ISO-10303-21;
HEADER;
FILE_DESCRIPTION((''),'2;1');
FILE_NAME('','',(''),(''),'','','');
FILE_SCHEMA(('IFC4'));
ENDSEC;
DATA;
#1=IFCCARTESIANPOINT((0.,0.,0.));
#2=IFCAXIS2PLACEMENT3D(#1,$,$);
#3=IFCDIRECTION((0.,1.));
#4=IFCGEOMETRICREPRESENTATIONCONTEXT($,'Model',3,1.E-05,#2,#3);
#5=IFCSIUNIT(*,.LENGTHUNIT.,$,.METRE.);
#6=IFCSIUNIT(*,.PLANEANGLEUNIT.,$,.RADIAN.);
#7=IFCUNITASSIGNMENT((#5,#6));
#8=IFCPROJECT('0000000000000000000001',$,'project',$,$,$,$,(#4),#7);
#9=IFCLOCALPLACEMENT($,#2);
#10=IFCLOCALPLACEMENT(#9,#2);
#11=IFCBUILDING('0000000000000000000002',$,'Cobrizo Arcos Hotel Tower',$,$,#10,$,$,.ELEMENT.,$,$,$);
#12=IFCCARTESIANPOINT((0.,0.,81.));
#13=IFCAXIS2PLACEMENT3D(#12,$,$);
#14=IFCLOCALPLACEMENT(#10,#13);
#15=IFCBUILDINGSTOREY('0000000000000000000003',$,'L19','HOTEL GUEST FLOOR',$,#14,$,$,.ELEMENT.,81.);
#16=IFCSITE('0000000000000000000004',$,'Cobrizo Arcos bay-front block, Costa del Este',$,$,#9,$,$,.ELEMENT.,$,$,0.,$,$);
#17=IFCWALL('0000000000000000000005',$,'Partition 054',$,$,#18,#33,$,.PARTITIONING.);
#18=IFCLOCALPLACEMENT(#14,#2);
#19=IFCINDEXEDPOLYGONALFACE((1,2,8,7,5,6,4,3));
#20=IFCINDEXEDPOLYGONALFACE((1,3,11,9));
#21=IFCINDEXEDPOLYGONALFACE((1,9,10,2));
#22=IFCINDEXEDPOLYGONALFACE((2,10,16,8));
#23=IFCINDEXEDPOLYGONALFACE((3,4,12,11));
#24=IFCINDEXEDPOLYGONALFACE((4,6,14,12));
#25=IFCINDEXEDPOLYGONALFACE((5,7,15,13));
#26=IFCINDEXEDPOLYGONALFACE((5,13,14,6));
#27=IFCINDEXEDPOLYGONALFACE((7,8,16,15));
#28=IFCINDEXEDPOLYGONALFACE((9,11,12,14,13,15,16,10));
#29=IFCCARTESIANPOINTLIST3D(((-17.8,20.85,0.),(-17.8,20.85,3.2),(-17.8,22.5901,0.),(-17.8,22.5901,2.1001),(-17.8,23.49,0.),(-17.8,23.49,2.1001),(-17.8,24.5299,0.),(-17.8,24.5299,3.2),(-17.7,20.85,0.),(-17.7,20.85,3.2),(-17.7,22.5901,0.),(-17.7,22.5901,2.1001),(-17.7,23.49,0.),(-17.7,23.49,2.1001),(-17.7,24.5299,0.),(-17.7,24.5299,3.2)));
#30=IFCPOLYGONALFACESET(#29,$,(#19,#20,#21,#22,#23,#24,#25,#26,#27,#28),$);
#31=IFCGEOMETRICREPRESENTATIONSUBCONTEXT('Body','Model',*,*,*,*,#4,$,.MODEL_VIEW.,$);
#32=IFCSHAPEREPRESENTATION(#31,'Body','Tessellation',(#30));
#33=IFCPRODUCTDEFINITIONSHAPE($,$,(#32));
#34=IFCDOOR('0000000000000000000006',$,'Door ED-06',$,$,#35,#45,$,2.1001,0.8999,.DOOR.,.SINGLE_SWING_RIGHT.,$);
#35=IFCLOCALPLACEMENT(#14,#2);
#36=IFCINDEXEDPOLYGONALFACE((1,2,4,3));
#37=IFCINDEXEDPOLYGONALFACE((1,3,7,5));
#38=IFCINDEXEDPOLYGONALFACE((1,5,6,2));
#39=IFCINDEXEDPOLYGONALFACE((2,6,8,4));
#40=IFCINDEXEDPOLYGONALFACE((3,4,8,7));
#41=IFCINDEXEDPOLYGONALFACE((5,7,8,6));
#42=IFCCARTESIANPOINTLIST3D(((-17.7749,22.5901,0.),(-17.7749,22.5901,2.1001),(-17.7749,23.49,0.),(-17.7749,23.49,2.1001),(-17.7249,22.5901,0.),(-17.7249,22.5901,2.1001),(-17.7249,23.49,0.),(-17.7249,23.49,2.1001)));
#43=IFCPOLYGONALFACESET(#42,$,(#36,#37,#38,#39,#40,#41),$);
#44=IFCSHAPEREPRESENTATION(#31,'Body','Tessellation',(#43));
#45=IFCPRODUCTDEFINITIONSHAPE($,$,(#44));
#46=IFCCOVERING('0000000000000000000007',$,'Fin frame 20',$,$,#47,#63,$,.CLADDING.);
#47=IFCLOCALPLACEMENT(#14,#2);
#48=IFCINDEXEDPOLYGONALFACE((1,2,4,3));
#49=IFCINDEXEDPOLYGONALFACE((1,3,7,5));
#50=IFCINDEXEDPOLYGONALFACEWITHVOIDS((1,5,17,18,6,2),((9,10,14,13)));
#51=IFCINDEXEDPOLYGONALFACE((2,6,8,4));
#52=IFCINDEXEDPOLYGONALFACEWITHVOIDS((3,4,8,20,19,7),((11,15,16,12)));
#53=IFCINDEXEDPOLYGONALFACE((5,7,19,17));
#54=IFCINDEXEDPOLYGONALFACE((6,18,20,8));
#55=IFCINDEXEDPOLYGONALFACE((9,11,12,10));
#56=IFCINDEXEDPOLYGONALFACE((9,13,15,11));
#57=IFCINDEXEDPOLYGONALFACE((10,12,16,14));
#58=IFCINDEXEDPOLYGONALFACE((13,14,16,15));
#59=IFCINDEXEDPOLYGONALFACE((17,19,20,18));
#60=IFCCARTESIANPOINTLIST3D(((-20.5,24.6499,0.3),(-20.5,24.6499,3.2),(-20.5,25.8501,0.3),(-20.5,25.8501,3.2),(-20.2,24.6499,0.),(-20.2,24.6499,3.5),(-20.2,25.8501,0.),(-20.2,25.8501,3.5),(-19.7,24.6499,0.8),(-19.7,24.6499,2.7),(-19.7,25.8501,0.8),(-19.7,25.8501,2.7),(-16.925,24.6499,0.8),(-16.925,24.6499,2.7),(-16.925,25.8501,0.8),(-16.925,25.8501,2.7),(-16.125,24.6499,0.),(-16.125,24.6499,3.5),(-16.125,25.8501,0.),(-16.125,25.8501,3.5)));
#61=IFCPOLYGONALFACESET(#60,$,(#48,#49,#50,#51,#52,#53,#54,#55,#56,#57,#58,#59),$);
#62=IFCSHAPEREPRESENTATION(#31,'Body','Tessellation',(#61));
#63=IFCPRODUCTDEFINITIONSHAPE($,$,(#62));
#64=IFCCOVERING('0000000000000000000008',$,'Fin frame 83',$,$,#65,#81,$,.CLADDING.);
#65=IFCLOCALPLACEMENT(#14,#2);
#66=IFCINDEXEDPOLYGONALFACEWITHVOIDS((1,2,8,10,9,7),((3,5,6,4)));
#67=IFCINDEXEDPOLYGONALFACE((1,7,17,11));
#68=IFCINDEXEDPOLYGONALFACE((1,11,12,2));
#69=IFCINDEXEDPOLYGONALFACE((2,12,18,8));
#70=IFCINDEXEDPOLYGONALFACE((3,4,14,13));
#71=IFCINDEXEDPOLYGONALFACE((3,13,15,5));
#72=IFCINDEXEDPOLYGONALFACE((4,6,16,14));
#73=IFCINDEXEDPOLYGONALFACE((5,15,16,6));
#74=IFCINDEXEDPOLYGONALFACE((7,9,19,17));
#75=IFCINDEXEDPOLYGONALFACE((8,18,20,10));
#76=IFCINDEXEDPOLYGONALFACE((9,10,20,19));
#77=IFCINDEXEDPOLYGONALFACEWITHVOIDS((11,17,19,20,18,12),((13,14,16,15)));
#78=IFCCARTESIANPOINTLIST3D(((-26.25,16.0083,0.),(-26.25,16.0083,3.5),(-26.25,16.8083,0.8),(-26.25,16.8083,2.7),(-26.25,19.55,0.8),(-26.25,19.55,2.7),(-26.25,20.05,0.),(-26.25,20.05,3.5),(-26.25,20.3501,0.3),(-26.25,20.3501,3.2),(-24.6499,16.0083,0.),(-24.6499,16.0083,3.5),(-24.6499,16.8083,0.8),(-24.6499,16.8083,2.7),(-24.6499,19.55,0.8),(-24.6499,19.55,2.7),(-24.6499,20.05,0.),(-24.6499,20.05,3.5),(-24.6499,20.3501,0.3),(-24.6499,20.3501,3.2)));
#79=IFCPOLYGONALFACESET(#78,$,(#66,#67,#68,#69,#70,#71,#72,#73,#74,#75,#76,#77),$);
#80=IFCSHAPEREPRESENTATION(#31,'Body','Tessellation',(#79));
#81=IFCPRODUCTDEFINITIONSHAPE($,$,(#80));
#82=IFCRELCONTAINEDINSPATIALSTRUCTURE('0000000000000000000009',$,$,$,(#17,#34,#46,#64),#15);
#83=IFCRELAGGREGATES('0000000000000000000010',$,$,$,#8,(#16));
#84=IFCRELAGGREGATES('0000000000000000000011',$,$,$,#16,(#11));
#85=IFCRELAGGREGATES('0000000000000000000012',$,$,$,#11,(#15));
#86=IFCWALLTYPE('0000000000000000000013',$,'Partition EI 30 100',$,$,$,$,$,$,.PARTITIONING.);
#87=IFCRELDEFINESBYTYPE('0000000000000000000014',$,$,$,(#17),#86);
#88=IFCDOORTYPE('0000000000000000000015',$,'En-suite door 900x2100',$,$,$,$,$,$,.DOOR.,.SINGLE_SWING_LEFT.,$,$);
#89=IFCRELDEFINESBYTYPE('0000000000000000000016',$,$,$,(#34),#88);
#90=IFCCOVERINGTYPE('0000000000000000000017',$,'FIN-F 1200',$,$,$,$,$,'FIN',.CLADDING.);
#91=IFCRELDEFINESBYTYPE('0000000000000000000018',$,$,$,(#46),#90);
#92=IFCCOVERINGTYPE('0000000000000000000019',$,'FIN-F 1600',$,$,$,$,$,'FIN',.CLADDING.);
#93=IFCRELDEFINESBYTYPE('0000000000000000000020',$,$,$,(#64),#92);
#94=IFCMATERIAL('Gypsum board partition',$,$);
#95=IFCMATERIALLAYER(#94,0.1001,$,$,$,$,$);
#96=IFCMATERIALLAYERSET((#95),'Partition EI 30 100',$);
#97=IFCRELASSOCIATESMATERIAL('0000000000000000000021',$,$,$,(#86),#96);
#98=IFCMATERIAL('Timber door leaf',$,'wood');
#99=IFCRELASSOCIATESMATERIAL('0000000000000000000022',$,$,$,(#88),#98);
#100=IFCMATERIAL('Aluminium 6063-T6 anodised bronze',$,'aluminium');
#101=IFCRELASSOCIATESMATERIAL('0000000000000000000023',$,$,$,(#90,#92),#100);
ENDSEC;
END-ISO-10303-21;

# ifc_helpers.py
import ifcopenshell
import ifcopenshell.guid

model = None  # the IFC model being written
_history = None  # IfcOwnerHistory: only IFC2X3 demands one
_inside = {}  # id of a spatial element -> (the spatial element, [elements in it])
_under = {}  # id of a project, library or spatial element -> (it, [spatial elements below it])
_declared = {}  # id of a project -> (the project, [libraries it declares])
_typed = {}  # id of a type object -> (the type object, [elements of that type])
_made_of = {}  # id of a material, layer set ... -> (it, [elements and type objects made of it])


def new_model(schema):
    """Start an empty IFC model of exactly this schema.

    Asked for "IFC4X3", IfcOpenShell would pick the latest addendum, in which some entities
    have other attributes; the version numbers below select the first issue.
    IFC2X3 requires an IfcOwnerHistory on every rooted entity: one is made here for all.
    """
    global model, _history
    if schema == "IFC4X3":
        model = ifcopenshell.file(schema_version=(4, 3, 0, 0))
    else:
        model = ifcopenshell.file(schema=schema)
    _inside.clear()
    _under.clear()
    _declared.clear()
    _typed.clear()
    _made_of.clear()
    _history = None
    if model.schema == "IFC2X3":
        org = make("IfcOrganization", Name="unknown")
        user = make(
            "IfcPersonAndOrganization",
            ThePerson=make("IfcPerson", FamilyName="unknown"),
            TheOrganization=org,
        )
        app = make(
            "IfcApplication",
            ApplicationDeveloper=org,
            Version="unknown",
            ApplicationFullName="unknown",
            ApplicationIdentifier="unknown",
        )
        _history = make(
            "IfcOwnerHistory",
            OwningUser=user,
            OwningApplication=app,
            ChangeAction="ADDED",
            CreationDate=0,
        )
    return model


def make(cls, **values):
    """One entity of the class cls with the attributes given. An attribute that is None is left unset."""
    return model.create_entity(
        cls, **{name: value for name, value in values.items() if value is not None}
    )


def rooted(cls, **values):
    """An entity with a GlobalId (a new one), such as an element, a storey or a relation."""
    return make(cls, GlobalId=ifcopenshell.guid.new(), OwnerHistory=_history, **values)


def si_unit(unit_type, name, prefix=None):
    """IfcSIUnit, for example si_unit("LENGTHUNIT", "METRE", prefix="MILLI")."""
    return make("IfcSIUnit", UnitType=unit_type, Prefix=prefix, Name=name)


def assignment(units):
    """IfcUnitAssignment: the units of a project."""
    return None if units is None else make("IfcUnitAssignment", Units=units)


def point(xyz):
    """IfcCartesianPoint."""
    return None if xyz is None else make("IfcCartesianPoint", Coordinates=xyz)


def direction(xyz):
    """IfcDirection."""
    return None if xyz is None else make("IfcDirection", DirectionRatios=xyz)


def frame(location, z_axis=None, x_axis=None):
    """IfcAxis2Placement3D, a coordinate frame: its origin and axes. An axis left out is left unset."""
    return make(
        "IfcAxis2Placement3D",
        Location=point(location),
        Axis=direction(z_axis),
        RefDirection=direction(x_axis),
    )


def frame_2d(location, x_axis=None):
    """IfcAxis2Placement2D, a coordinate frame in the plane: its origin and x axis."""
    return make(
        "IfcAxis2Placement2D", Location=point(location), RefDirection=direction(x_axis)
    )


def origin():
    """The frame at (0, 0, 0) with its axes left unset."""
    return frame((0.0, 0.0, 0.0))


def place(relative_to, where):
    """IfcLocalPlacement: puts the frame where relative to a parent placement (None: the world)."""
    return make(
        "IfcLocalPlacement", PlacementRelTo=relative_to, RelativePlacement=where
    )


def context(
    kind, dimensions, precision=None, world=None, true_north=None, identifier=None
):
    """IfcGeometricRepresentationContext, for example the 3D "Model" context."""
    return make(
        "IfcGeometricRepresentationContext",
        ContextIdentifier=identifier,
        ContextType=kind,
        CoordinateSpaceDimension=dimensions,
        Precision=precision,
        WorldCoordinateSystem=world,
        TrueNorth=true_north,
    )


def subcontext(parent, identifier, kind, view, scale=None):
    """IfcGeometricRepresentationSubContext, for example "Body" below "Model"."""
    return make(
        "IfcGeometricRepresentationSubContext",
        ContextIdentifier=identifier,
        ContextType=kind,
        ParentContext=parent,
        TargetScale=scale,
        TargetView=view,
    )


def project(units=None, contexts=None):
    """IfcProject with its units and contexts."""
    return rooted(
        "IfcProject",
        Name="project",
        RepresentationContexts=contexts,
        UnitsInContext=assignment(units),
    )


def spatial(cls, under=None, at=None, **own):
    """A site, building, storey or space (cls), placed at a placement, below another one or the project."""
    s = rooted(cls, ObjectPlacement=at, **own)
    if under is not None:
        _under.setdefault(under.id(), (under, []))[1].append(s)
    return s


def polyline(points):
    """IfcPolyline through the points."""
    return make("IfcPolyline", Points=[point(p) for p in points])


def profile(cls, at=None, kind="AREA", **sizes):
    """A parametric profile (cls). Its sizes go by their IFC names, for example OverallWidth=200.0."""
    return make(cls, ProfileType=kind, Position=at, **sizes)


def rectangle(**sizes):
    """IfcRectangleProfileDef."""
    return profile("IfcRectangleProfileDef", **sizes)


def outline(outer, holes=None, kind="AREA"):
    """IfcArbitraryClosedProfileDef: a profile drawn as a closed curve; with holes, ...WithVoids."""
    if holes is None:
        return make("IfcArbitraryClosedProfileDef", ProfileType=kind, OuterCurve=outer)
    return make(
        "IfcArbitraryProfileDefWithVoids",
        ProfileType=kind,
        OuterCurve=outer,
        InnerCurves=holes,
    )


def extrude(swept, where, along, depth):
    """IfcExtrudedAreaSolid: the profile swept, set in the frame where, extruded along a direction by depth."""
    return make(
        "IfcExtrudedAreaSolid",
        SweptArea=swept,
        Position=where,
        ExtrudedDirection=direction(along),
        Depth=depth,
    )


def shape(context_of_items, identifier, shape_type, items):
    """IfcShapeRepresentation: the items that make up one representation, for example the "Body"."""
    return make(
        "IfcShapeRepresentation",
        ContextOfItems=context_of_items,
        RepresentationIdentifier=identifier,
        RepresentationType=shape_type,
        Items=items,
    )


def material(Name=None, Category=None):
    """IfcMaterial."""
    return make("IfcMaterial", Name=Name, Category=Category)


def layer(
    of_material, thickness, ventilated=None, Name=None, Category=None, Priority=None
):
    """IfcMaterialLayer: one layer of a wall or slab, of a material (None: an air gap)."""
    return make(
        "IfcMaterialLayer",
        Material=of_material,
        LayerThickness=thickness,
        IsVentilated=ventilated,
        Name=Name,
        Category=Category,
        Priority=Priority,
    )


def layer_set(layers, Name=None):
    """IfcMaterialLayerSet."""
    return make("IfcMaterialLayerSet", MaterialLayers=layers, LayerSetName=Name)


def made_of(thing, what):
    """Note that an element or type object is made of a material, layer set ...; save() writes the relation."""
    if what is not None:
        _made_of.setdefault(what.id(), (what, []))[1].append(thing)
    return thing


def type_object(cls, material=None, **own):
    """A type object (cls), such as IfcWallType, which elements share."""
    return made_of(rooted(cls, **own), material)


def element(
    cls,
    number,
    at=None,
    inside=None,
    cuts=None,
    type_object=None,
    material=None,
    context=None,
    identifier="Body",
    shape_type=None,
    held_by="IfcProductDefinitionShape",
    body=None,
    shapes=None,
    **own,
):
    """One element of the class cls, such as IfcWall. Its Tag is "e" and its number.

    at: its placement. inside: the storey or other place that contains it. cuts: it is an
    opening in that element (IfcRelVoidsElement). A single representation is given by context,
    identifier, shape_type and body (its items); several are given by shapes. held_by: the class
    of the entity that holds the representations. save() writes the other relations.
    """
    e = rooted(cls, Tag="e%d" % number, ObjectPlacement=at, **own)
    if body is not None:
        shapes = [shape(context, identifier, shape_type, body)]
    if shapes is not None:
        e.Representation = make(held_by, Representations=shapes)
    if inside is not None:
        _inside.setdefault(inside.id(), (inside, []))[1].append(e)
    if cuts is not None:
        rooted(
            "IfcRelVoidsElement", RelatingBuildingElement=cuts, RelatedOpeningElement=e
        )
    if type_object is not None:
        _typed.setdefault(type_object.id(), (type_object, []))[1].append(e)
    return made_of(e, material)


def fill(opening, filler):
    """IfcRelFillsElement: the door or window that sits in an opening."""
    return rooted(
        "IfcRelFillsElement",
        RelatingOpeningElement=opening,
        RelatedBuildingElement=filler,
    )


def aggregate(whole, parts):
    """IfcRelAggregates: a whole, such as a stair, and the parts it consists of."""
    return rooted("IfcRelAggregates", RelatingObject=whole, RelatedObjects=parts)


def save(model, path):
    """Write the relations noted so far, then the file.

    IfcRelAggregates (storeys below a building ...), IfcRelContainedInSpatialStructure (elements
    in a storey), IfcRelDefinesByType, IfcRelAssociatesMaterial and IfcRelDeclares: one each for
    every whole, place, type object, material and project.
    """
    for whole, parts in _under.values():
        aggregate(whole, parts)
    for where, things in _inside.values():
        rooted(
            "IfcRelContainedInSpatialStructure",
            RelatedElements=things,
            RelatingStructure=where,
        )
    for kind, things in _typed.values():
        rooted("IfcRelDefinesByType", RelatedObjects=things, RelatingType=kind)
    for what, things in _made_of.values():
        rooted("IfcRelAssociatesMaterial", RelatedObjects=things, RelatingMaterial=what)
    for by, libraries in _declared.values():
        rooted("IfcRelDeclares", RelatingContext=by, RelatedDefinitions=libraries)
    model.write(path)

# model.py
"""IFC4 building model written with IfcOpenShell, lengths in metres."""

from ifc_helpers import new_model, si_unit, direction, frame, frame_2d, origin, place, context, subcontext, project, spatial, polyline, rectangle, outline, extrude, material, layer, layer_set, type_object, element, fill, save


model = new_model("IFC4")

# Units and contexts
model_context = context("Model", 3, precision=1e-05, world=origin(), true_north=direction((0.0, 1.0)))
body_context = subcontext(model_context, "Body", "Model", "MODEL_VIEW")
ifc_project = project(units=[si_unit("LENGTHUNIT", "METRE"), si_unit("PLANEANGLEUNIT", "RADIAN")], contexts=[model_context])

# Site, building, storey
site_placement = place(None, origin())
site = spatial("IfcSite", under=ifc_project, at=site_placement, Name="Cobrizo Arcos bay-front block, Costa del Este", CompositionType="ELEMENT", RefElevation=0.0)
building_placement = place(site_placement, origin())
building = spatial("IfcBuilding", under=site, at=building_placement, Name="Cobrizo Arcos Hotel Tower", CompositionType="ELEMENT")
storey_placement = place(building_placement, frame((0.0, 0.0, 81.0)))
storey = spatial("IfcBuildingStorey", under=building, at=storey_placement, Name="L19", Description="HOTEL GUEST FLOOR", CompositionType="ELEMENT", Elevation=81.0)

# Shared definitions
ifc_material_1 = material(Name="Aluminium 6063-T6 anodised bronze", Category="aluminium")

# Shared definitions
ifc_material_2 = material(Name="Gypsum board partition")
ifc_layer_1 = layer(ifc_material_2, 0.1001)
ifc_layer_set_1 = layer_set([ifc_layer_1], Name="Partition EI 30 100")
wall_type = type_object("IfcWallType", Name="Partition EI 30 100", PredefinedType="PARTITIONING", material=ifc_layer_set_1)
ifc_material_3 = material(Name="Timber door leaf", Category="wood")

# Wall, opening, door
wall_1_placement = place(storey_placement, frame((-17.75, 20.8501, 0.0), z_axis=(0.0, 0.0, 1.0), x_axis=(0.0, 1.0, 0.0)))
wall_1 = element("IfcWall", 1, at=wall_1_placement, inside=storey, type_object=wall_type, Name="Partition 054", PredefinedType="PARTITIONING", context=body_context, shape_type="SweptSolid", body=[
    extrude(rectangle(XDim=3.6799, YDim=0.1001, at=frame_2d((1.8398, 0.0))), origin(), (0.0, 0.0, 1.0), 3.2),
])
opening_1_placement = place(wall_1_placement, frame((1.74, 0.0, 0.0)))
opening_1 = element("IfcOpeningElement", 2, at=opening_1_placement, cuts=wall_1, PredefinedType="OPENING", context=body_context, shape_type="SweptSolid", body=[
    extrude(rectangle(XDim=0.8999, YDim=2.1001, at=frame_2d((0.45, 1.05))), frame((0.0, 0.062, 0.0), z_axis=(0.0, -1.0, 0.0), x_axis=(1.0, 0.0, 0.0)), (0.0, 0.0, 1.0), 0.124),
])
door_type_1 = type_object("IfcDoorType", Name="En-suite door 900x2100", OperationType="SINGLE_SWING_LEFT", PredefinedType="DOOR", material=ifc_material_3)
door_1_placement = place(opening_1_placement, origin())
door_1 = element("IfcDoor", 3, at=door_1_placement, inside=storey, type_object=door_type_1, Name="Door ED-06", OperationType="SINGLE_SWING_RIGHT", OverallHeight=2.1001, OverallWidth=0.8999, PredefinedType="DOOR", context=body_context, shape_type="SweptSolid", body=[
    extrude(rectangle(XDim=0.8999, YDim=2.1001, at=frame_2d((0.45, 1.05))), frame((0.0, 0.0249, 0.0), z_axis=(0.0, -1.0, 0.0), x_axis=(1.0, 0.0, 0.0)), (0.0, 0.0, 1.0), 0.05),
])
fill(opening_1, door_1)

# Coverings
covering_type_1 = type_object("IfcCoveringType", Name="FIN-F 1200", ElementType="FIN", PredefinedType="CLADDING", material=ifc_material_1)
covering_1_placement = place(storey_placement, frame((-16.125, 24.6499, 0.0), z_axis=(0.0, 1.0, 0.0), x_axis=(-1.0, 0.0, 0.0)))
element("IfcCovering", 4, at=covering_1_placement, inside=storey, type_object=covering_type_1, Name="Fin frame 20", PredefinedType="CLADDING", context=body_context, shape_type="SweptSolid", body=[
    extrude(outline(polyline([(0.0, 3.5), (0.0, 0.0), (4.075, 0.0), (4.375, 0.3), (4.375, 3.2), (4.075, 3.5), (0.0, 3.5)]), holes=[polyline([(3.575, 0.8), (0.8, 0.8), (0.8, 2.7), (3.575, 2.7), (3.575, 0.8)])]), origin(), (0.0, 0.0, 1.0), 1.2002),
])
covering_type_2 = type_object("IfcCoveringType", Name="FIN-F 1600", ElementType="FIN", PredefinedType="CLADDING", material=ifc_material_1)
covering_2_placement = place(storey_placement, frame((-24.6499, 20.3501, 0.0), z_axis=(-1.0, 0.0, 0.0), x_axis=(0.0, -1.0, 0.0)))
element("IfcCovering", 5, at=covering_2_placement, inside=storey, type_object=covering_type_2, Name="Fin frame 83", PredefinedType="CLADDING", context=body_context, shape_type="SweptSolid", body=[
    extrude(outline(polyline([(0.0, 0.3), (0.3, 0.0), (4.3418, 0.0), (4.3418, 3.5), (0.3, 3.5), (0.0, 3.2), (0.0, 0.3)]), holes=[polyline([(3.5417, 0.8), (0.8, 0.8), (0.8, 2.7), (3.5417, 2.7), (3.5417, 0.8)])]), origin(), (0.0, 0.0, 1.0), 1.6001),
])

save(model, "model.ifc")
